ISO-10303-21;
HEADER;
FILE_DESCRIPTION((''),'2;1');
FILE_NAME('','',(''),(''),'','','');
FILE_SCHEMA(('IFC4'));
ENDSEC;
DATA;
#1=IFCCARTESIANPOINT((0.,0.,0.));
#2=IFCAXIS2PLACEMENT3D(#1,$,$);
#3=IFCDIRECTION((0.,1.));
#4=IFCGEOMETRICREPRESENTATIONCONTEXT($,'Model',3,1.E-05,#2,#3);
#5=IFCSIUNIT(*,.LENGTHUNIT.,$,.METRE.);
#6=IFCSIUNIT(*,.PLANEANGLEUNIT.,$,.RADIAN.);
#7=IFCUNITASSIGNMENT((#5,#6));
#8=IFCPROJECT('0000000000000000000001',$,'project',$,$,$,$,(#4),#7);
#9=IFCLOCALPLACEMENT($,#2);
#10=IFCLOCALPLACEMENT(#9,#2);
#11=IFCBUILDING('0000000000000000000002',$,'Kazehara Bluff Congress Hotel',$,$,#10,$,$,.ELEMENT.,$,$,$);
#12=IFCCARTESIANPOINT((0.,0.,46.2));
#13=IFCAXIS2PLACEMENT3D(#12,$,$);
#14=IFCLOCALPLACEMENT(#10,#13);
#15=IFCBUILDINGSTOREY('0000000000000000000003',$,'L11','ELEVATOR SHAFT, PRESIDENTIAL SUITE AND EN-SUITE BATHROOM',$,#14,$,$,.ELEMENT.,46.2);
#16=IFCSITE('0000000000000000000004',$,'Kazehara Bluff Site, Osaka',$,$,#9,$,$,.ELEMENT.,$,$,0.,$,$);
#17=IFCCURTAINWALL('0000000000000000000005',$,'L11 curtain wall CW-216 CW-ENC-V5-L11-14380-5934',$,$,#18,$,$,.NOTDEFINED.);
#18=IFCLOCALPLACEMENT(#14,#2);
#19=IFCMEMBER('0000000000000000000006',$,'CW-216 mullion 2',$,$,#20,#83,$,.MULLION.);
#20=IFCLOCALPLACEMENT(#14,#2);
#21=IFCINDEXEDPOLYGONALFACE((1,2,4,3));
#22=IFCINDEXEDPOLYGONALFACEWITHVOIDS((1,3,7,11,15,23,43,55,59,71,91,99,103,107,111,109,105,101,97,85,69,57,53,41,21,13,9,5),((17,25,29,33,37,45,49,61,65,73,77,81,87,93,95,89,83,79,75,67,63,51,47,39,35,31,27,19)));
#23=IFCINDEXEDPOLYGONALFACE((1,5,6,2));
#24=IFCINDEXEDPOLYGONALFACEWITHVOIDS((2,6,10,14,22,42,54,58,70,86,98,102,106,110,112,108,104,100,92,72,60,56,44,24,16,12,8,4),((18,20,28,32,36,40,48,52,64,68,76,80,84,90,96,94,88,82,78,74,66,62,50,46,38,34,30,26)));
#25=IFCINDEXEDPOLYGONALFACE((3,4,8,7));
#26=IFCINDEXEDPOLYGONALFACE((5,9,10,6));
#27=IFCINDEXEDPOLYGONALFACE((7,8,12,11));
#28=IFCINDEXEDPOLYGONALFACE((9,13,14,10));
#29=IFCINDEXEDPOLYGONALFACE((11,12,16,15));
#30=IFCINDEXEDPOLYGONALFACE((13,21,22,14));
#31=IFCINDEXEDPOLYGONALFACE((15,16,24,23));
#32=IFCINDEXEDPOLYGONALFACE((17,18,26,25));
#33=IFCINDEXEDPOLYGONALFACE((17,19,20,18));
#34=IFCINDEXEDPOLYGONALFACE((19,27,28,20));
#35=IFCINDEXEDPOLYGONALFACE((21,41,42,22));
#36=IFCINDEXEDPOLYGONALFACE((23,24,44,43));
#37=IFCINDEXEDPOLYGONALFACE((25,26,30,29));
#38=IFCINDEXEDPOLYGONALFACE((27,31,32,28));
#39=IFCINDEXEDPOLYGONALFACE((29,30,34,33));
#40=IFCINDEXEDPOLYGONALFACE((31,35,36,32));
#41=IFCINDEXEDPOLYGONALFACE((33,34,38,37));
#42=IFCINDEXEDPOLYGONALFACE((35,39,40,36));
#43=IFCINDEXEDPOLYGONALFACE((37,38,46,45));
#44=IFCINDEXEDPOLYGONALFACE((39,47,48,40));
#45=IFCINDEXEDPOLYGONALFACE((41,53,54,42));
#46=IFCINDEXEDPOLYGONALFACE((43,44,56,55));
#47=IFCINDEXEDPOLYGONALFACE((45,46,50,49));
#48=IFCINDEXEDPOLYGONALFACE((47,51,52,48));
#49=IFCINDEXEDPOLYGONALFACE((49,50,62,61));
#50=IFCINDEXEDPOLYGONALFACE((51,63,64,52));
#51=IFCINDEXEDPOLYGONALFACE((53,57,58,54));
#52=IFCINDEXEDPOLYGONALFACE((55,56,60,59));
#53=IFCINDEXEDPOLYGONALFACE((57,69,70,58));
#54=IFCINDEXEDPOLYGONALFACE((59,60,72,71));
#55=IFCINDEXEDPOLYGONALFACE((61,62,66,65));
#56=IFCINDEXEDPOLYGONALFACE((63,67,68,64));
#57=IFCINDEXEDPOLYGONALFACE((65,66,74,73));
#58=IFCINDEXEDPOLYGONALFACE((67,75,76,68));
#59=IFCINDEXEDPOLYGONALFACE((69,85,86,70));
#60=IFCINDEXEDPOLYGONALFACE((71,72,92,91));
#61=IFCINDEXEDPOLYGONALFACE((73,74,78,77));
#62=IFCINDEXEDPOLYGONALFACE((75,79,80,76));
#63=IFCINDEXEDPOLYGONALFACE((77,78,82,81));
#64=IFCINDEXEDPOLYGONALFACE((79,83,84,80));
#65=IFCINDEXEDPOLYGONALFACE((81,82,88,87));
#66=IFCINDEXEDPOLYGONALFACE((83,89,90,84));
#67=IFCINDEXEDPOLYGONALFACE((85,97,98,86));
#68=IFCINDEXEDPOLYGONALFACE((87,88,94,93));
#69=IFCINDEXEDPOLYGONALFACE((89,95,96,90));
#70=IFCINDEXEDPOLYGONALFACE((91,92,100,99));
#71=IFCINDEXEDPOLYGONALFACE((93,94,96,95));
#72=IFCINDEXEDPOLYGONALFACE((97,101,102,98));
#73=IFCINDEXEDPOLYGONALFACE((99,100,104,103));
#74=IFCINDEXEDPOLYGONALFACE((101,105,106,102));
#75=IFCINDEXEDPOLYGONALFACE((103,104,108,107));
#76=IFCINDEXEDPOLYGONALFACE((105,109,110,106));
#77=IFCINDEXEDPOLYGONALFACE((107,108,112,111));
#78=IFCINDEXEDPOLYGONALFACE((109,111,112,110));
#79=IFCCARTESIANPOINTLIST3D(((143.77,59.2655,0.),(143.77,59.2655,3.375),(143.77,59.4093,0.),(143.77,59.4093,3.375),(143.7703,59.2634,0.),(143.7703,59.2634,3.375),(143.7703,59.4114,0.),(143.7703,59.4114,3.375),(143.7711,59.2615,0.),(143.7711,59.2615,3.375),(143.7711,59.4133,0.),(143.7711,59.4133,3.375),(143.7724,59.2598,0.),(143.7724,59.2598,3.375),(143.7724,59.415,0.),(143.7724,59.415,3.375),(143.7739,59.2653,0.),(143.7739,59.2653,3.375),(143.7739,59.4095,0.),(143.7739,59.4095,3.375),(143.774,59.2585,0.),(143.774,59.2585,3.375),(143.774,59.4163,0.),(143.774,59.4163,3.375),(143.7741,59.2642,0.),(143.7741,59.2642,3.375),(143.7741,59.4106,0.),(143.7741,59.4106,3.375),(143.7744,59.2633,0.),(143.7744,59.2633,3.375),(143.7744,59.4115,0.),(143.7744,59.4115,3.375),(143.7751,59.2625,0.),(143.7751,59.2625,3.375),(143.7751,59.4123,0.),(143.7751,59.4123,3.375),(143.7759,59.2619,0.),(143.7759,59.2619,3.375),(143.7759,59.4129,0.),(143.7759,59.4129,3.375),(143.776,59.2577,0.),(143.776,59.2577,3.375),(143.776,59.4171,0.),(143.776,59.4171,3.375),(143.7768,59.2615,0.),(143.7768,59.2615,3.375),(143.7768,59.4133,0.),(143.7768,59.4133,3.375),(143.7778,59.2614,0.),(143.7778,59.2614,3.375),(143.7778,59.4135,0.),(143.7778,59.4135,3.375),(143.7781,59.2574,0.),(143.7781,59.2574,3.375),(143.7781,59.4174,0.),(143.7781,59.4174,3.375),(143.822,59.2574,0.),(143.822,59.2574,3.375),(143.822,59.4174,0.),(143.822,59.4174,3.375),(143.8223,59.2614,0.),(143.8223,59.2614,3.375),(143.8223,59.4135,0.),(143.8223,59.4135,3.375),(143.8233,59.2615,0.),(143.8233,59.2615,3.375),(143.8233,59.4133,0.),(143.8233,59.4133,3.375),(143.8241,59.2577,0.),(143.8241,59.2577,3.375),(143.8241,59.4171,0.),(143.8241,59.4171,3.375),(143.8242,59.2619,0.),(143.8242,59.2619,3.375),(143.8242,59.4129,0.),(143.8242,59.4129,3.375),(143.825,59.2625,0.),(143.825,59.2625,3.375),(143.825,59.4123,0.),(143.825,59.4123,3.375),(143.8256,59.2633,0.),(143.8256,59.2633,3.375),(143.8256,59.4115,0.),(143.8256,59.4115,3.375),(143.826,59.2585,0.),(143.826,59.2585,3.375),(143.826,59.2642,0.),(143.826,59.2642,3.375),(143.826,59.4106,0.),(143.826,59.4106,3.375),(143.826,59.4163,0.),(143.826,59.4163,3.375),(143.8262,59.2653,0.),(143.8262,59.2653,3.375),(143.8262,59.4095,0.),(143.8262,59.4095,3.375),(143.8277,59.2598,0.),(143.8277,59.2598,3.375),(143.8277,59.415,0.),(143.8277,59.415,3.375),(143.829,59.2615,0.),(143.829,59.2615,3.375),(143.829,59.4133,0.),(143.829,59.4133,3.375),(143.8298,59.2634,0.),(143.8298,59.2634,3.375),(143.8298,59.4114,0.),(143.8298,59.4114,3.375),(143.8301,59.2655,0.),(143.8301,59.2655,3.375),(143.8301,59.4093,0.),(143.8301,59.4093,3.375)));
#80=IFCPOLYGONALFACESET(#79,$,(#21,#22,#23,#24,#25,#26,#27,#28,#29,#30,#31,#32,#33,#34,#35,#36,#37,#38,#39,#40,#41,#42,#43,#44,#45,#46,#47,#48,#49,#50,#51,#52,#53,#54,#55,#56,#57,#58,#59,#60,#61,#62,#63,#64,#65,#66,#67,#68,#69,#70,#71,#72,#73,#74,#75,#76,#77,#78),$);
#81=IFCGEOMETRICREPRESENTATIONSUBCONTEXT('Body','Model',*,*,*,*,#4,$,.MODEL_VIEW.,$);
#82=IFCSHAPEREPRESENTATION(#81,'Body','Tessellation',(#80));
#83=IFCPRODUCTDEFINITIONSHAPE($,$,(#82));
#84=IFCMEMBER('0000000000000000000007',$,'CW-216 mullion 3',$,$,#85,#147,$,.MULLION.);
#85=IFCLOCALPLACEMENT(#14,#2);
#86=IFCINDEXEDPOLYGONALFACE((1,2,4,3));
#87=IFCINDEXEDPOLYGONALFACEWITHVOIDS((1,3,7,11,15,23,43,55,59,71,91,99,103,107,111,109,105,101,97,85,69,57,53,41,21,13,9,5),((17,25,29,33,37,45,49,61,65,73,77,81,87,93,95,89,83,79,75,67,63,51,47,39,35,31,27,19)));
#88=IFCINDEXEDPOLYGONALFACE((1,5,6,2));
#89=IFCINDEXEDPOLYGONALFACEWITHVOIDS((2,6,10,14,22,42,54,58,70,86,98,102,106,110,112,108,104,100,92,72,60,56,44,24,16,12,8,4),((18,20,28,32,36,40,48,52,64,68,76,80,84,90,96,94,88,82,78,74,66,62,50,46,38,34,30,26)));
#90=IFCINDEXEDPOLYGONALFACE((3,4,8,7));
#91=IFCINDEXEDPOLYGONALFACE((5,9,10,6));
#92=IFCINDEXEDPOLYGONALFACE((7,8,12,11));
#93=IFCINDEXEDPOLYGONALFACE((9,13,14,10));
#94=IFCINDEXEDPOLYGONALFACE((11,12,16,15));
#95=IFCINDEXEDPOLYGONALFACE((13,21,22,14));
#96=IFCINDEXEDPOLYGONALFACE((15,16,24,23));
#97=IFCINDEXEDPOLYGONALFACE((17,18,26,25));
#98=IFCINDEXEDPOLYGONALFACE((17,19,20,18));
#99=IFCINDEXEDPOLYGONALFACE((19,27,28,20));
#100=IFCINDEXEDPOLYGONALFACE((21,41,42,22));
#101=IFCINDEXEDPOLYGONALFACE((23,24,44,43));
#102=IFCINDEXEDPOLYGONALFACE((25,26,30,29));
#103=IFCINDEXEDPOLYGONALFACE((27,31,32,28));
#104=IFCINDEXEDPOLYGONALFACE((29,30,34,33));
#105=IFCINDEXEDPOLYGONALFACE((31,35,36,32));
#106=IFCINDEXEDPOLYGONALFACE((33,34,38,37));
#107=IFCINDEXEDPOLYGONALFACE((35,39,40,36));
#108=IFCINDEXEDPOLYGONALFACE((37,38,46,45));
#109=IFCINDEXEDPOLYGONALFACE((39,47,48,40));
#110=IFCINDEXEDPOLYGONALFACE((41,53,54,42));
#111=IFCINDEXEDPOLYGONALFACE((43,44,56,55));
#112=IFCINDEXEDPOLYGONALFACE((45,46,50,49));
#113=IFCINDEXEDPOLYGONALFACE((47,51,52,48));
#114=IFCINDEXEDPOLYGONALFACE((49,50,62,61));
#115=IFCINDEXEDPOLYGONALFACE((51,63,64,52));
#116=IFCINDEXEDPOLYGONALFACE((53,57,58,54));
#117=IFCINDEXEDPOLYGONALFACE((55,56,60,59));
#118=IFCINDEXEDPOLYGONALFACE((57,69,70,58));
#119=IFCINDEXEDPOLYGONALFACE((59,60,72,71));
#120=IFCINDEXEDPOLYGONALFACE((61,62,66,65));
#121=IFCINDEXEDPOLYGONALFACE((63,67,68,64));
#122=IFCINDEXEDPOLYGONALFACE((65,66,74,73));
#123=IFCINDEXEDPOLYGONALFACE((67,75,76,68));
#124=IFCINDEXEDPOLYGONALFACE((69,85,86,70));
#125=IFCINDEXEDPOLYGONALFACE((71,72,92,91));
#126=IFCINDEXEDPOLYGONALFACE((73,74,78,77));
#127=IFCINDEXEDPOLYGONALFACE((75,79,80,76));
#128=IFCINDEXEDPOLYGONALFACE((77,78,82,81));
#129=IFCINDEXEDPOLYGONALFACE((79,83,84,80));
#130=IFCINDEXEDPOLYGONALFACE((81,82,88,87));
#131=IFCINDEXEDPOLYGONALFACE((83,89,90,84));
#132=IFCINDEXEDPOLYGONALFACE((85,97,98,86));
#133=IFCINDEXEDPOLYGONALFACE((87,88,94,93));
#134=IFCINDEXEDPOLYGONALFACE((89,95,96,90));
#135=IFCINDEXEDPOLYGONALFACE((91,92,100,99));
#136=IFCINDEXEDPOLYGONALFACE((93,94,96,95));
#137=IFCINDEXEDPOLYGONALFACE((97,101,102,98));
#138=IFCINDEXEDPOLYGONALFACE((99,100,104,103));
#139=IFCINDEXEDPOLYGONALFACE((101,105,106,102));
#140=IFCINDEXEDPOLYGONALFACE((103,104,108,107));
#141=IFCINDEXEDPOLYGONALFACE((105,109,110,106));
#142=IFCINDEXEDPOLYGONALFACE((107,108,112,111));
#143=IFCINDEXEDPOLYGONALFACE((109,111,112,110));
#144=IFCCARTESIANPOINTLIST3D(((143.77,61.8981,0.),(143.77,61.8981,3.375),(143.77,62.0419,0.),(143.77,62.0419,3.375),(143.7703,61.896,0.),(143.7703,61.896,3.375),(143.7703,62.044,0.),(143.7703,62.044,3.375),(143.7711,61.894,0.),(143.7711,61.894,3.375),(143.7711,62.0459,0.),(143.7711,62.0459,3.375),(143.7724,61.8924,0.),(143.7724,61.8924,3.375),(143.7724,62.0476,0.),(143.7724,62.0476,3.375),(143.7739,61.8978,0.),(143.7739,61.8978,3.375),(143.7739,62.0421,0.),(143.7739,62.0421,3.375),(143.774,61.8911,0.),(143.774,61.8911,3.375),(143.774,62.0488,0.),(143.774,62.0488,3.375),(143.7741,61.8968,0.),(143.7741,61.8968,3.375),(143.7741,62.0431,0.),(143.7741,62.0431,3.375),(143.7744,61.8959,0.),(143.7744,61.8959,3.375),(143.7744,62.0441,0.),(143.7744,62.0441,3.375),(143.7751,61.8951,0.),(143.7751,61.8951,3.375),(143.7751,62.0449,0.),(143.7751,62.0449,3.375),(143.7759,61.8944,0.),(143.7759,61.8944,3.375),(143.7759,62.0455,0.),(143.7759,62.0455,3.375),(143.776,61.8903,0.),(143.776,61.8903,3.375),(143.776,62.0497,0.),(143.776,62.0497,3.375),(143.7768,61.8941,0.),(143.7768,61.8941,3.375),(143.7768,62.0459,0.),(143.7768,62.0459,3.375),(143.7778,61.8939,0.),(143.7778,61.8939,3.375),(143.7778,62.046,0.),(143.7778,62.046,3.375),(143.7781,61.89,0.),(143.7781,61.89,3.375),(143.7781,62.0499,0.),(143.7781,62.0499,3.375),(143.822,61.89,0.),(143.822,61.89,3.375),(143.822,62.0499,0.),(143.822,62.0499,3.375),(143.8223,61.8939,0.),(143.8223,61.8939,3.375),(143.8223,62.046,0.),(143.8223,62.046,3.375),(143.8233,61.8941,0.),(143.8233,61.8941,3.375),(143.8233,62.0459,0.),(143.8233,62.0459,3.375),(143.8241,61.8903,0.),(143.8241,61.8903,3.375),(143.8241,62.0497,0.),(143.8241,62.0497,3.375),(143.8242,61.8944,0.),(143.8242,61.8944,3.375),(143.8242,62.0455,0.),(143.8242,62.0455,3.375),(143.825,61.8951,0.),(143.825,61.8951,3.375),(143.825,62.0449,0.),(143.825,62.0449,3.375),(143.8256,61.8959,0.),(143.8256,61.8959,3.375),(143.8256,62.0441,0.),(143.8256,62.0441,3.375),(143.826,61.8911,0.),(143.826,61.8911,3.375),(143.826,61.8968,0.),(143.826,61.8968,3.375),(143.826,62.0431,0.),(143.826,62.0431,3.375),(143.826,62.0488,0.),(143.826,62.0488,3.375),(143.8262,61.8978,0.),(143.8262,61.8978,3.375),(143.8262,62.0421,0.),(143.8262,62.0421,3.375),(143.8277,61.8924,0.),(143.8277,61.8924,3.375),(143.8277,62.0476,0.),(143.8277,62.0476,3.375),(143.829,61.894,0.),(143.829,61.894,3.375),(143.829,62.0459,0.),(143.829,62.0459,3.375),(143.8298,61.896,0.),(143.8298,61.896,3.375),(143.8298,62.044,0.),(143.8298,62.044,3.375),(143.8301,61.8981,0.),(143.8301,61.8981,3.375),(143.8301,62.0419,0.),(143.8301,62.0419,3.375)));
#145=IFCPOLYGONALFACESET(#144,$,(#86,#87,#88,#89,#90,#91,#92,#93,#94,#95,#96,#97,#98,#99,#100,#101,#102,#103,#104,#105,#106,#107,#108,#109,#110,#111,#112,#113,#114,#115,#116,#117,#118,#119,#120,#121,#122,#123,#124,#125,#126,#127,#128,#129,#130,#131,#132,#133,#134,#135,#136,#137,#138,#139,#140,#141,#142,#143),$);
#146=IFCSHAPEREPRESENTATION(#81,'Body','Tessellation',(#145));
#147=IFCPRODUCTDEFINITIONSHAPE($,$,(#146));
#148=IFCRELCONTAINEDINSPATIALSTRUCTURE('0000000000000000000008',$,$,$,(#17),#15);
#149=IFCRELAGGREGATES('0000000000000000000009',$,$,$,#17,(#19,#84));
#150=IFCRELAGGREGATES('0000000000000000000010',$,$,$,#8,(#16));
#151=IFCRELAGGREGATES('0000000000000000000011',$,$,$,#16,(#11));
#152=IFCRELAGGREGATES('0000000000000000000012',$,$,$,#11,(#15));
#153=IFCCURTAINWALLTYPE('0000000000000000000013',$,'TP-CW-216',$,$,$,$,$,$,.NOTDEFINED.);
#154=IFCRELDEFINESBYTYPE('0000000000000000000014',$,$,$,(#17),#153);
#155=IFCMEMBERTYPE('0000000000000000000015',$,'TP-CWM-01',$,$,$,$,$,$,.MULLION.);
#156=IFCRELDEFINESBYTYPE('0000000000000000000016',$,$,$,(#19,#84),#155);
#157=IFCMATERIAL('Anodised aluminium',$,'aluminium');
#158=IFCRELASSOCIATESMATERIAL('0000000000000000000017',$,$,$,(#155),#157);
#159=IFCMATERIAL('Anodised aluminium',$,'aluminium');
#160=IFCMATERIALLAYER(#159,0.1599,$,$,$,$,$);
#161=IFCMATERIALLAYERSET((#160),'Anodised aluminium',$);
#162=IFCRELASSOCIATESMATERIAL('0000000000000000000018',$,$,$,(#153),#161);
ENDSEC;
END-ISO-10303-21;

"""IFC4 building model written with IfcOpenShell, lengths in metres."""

from ifc_helpers import new_model, si_unit, direction, frame, origin, origin_2d, place, context, subcontext, project, spatial, hollow_rectangle, extrude, material, layer, layer_set, material_profile, profile_set, type_object, element, aggregate, save


model = new_model("IFC4")

# Units and contexts
model_context = context("Model", 3, precision=1e-05, world=origin(), true_north=direction((0.0, 1.0)))
body_context = subcontext(model_context, "Body", "Model", "MODEL_VIEW")
ifc_project = project(units=[si_unit("LENGTHUNIT", "METRE"), si_unit("PLANEANGLEUNIT", "RADIAN")], contexts=[model_context])

# Site, building, storey
site_placement = place(None, origin())
site = spatial("IfcSite", under=ifc_project, at=site_placement, Name="Kazehara Bluff Site, Osaka", CompositionType="ELEMENT", RefElevation=0.0)
building_placement = place(site_placement, origin())
building = spatial("IfcBuilding", under=site, at=building_placement, Name="Kazehara Bluff Congress Hotel", CompositionType="ELEMENT")
storey_placement = place(building_placement, frame((0.0, 0.0, 46.2)))
storey = spatial("IfcBuildingStorey", under=building, at=storey_placement, Name="L11", Description="ELEVATOR SHAFT, PRESIDENTIAL SUITE AND EN-SUITE BATHROOM", CompositionType="ELEMENT", Elevation=46.2)

# Shared definitions
ifc_material_1 = material(Name="Anodised aluminium", Category="aluminium")
ifc_material_profile_1 = material_profile(ifc_material_1, hollow_rectangle(XDim=0.0601, YDim=0.1599, WallThickness=0.0039, InnerFilletRadius=0.0039, OuterFilletRadius=0.0081, at=origin_2d()))
ifc_profile_set_1 = profile_set([ifc_material_profile_1], Name="Anodised aluminium")
member_type_1 = type_object("IfcMemberType", Name="TP-CWM-01", PredefinedType="MULLION", material=ifc_profile_set_1)

# Curtain wall, members
ifc_material_2 = material(Name="Anodised aluminium", Category="aluminium")
ifc_layer_1 = layer(ifc_material_2, 0.1599)
ifc_layer_set_1 = layer_set([ifc_layer_1], Name="Anodised aluminium")
curtain_wall_type_1 = type_object("IfcCurtainWallType", Name="TP-CW-216", PredefinedType="NOTDEFINED", material=ifc_layer_set_1)
curtain_wall_1_placement = place(storey_placement, origin())
curtain_wall_1 = element("IfcCurtainWall", 1, at=curtain_wall_1_placement, inside=storey, type_object=curtain_wall_type_1, Name="L11 curtain wall CW-216 CW-ENC-V5-L11-14380-5934", PredefinedType="NOTDEFINED")
member_1_placement = place(storey_placement, frame((143.8, 59.3374, 0.0), z_axis=(0.0, 0.0, 1.0), x_axis=(-1.0, 0.0, 0.0)))
member_1 = element("IfcMember", 2, at=member_1_placement, type_object=member_type_1, Name="CW-216 mullion 2", PredefinedType="MULLION", context=body_context, shape_type="SweptSolid", body=[
    extrude(hollow_rectangle(XDim=0.0601, YDim=0.1599, WallThickness=0.0039, InnerFilletRadius=0.0039, OuterFilletRadius=0.0081, at=origin_2d()), origin(), (0.0, 0.0, 1.0), 3.375),
])
member_2_placement = place(storey_placement, frame((143.8, 61.97, 0.0), z_axis=(0.0, 0.0, 1.0), x_axis=(-1.0, 0.0, 0.0)))
member_2 = element("IfcMember", 3, at=member_2_placement, type_object=member_type_1, Name="CW-216 mullion 3", PredefinedType="MULLION", context=body_context, shape_type="SweptSolid", body=[
    extrude(hollow_rectangle(XDim=0.0601, YDim=0.1599, WallThickness=0.0039, InnerFilletRadius=0.0039, OuterFilletRadius=0.0081, at=origin_2d()), origin(), (0.0, 0.0, 1.0), 3.375),
])

aggregate(curtain_wall_1, [member_1, member_2])

save(model, "model.ifc")
